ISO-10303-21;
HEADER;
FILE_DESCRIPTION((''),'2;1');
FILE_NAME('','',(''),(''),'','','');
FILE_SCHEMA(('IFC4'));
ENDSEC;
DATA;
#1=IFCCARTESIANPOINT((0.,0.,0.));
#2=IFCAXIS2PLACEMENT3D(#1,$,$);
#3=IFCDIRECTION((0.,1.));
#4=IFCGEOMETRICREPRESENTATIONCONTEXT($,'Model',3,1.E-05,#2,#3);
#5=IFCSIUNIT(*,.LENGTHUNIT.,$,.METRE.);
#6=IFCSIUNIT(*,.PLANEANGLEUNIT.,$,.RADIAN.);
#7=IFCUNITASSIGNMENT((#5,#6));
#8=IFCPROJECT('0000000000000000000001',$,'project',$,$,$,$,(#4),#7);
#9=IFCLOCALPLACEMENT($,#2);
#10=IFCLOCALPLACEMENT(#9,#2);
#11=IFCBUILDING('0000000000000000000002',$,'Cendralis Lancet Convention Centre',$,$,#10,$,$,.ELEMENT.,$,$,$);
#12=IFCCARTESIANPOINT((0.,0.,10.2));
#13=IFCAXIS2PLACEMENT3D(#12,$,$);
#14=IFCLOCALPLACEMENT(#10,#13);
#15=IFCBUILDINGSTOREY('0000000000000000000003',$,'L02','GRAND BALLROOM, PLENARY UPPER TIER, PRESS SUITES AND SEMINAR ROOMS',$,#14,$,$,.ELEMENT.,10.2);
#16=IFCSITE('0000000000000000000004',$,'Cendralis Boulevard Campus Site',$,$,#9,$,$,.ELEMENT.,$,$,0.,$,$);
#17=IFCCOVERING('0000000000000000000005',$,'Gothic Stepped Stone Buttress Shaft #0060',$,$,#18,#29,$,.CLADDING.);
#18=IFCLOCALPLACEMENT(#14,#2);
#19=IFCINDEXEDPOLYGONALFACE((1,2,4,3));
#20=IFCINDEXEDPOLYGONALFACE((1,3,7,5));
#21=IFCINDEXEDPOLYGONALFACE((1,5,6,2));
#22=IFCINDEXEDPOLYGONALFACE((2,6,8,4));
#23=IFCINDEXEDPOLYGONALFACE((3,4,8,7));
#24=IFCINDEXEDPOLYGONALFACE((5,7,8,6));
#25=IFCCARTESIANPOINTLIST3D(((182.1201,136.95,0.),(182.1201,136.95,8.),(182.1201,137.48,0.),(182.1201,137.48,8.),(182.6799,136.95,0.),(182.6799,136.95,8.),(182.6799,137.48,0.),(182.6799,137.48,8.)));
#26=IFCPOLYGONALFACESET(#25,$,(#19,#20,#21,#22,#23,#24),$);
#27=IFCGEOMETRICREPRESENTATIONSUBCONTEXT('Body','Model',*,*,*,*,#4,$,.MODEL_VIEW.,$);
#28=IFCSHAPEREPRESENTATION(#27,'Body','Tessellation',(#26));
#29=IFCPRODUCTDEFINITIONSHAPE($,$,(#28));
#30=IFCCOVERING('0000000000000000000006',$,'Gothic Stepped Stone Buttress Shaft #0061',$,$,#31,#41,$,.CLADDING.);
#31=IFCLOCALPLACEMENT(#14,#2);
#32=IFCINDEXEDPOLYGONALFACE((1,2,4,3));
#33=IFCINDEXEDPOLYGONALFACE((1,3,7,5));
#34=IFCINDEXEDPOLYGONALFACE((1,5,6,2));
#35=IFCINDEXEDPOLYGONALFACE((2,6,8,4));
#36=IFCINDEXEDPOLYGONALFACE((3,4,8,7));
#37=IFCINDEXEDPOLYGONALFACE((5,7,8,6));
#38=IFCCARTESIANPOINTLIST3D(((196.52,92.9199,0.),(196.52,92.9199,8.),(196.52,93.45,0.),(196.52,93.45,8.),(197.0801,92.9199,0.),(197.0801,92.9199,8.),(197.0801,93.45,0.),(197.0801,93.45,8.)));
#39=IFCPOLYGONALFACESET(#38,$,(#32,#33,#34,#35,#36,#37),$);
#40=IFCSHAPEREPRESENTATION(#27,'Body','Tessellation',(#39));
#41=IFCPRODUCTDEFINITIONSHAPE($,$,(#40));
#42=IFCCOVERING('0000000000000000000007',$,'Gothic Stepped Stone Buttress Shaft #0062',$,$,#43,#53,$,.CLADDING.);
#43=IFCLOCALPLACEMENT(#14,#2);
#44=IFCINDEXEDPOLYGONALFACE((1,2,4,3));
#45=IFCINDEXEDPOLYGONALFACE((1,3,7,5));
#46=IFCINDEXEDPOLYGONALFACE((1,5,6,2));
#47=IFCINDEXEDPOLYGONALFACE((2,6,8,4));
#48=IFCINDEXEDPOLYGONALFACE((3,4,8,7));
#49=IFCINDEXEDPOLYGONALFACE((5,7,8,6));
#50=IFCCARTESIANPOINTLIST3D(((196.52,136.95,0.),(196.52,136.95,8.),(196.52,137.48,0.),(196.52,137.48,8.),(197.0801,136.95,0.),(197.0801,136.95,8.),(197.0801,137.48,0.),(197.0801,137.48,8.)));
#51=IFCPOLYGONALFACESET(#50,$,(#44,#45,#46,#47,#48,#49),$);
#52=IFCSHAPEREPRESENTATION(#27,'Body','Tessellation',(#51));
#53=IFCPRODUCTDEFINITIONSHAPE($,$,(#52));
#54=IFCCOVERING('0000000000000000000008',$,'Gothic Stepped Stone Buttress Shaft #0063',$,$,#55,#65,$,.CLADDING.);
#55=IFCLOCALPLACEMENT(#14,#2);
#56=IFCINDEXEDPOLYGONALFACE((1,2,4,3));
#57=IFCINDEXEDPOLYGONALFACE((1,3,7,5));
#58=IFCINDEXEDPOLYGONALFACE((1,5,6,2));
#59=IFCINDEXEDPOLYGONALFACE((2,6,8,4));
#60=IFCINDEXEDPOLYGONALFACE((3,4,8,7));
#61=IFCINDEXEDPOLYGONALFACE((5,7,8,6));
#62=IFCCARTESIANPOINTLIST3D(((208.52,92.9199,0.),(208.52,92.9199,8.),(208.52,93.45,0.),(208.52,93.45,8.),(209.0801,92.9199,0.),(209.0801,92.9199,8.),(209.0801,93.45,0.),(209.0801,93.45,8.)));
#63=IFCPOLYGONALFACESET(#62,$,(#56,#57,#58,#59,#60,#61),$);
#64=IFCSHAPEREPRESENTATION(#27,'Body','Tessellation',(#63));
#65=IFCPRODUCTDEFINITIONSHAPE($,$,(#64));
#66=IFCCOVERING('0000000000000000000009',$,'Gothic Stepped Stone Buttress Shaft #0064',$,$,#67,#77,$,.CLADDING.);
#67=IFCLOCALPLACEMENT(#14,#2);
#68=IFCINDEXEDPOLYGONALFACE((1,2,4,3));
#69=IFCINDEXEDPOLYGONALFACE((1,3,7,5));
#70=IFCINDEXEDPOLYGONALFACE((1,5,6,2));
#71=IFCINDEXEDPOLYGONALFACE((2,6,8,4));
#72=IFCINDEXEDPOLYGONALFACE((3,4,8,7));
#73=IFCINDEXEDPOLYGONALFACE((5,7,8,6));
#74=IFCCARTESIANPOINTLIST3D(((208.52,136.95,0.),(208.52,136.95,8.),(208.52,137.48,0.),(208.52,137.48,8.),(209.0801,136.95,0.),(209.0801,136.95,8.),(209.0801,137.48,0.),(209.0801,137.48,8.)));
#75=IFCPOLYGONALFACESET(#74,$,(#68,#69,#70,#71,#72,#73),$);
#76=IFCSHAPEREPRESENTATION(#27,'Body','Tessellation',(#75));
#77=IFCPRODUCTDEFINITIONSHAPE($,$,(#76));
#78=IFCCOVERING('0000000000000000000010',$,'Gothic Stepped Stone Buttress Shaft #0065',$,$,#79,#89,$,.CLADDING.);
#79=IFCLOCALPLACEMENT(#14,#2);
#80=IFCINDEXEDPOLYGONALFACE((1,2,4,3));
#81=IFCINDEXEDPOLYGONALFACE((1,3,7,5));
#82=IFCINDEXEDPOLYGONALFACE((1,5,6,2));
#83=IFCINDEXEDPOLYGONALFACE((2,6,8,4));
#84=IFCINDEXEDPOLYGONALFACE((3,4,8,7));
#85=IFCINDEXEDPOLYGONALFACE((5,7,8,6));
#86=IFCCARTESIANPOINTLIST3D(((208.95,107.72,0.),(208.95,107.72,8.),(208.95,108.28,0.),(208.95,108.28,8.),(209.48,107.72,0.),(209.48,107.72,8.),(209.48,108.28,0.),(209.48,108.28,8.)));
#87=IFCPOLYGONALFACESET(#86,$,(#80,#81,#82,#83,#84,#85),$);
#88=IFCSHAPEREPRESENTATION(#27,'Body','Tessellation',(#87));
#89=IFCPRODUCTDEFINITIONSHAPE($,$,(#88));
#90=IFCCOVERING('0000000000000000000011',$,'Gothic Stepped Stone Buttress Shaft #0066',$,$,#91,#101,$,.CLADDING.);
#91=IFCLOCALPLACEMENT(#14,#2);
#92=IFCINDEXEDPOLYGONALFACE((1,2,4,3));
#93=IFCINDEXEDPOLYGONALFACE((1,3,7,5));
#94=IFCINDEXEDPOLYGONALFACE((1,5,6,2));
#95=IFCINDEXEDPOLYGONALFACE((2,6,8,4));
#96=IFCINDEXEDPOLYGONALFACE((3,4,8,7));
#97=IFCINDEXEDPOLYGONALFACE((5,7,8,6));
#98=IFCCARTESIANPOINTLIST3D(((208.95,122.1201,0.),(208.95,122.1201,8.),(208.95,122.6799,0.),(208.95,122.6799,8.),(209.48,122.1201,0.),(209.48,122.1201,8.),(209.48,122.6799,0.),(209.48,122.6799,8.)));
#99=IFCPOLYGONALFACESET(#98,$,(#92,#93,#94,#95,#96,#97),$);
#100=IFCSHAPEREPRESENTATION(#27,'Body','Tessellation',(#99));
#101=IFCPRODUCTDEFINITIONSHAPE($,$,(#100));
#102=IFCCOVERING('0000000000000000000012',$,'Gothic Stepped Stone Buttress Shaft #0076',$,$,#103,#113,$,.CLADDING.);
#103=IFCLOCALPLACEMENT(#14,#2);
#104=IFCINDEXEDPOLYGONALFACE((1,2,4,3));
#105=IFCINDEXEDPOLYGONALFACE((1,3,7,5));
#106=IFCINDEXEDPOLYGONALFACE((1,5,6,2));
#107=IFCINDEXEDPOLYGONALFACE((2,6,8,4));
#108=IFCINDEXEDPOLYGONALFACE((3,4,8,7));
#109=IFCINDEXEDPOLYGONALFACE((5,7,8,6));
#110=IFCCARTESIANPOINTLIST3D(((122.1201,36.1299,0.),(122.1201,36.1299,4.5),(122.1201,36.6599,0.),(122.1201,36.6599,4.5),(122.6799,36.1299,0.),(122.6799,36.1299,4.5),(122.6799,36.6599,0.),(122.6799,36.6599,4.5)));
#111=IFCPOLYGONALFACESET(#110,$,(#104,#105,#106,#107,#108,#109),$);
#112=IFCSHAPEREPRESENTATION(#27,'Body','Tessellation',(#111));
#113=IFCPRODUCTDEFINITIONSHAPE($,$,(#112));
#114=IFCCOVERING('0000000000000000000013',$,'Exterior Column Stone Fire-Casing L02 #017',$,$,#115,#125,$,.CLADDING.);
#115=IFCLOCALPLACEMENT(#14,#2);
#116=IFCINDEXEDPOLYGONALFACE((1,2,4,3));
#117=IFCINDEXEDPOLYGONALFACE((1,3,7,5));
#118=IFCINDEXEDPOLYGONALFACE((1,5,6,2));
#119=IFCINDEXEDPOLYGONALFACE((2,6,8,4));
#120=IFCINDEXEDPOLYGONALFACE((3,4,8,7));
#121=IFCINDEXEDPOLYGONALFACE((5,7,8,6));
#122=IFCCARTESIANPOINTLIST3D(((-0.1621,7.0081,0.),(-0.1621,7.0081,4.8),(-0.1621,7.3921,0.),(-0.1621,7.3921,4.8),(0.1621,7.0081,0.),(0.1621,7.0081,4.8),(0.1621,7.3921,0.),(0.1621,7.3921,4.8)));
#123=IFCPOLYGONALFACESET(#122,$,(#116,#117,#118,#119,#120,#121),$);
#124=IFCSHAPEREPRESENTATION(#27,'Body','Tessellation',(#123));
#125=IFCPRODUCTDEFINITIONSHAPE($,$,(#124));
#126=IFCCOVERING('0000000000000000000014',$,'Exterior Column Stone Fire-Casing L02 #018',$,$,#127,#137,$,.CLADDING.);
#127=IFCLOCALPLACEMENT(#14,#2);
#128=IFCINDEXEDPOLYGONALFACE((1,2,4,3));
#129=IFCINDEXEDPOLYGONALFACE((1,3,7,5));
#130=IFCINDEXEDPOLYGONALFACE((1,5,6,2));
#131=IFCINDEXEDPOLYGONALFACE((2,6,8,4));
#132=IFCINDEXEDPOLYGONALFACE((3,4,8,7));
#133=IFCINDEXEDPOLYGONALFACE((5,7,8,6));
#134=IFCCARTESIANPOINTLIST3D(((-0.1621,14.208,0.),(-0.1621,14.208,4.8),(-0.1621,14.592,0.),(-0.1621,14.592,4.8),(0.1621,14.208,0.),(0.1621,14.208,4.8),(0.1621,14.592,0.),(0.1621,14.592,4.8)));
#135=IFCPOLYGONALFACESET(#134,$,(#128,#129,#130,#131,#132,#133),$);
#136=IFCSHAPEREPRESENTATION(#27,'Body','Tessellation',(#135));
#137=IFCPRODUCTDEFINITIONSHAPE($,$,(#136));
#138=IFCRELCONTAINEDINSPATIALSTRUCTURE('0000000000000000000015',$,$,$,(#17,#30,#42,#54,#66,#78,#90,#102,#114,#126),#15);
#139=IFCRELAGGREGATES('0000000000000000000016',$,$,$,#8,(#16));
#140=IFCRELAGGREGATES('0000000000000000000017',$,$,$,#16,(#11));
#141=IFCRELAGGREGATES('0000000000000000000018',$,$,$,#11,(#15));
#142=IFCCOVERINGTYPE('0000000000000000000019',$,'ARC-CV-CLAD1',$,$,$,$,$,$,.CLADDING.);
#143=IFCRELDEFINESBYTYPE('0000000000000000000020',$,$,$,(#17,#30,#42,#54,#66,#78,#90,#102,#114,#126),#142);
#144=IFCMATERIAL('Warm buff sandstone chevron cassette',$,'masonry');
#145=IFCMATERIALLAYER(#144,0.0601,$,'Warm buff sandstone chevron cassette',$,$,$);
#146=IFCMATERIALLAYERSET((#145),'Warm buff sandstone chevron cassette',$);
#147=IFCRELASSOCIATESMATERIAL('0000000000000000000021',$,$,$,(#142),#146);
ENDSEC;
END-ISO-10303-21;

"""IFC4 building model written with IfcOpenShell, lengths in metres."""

from ifc_helpers import new_model, si_unit, direction, frame, origin, place, context, subcontext, project, spatial, polyline, outline, extrude, material, layer, layer_set, type_object, element, save


model = new_model("IFC4")

# Units and contexts
model_context = context("Model", 3, precision=1e-05, world=origin(), true_north=direction((0.0, 1.0)))
body_context = subcontext(model_context, "Body", "Model", "MODEL_VIEW")
ifc_project = project(units=[si_unit("LENGTHUNIT", "METRE"), si_unit("PLANEANGLEUNIT", "RADIAN")], contexts=[model_context])

# Site, building, storey
site_placement = place(None, origin())
site = spatial("IfcSite", under=ifc_project, at=site_placement, Name="Cendralis Boulevard Campus Site", CompositionType="ELEMENT", RefElevation=0.0)
building_placement = place(site_placement, origin())
building = spatial("IfcBuilding", under=site, at=building_placement, Name="Cendralis Lancet Convention Centre", CompositionType="ELEMENT")
storey_placement = place(building_placement, frame((0.0, 0.0, 10.2)))
storey = spatial("IfcBuildingStorey", under=building, at=storey_placement, Name="L02", Description="GRAND BALLROOM, PLENARY UPPER TIER, PRESS SUITES AND SEMINAR ROOMS", CompositionType="ELEMENT", Elevation=10.2)

# Coverings
ifc_material = material(Name="Warm buff sandstone chevron cassette", Category="masonry")
ifc_layer = layer(ifc_material, 0.0601, Name="Warm buff sandstone chevron cassette")
ifc_layer_set = layer_set([ifc_layer], Name="Warm buff sandstone chevron cassette")
covering_type = type_object("IfcCoveringType", Name="ARC-CV-CLAD1", PredefinedType="CLADDING", material=ifc_layer_set)
covering_1_placement = place(storey_placement, origin())
element("IfcCovering", 1, at=covering_1_placement, inside=storey, type_object=covering_type, Name="Gothic Stepped Stone Buttress Shaft #0060", PredefinedType="CLADDING", context=body_context, shape_type="SweptSolid", body=[
    extrude(outline(polyline([(182.6799, 137.48), (182.1201, 137.48), (182.1201, 136.95), (182.6799, 136.95), (182.6799, 137.48)])), origin(), (0.0, 0.0, 1.0), 8.0),
])
covering_2_placement = place(storey_placement, origin())
element("IfcCovering", 2, at=covering_2_placement, inside=storey, type_object=covering_type, Name="Gothic Stepped Stone Buttress Shaft #0061", PredefinedType="CLADDING", context=body_context, shape_type="SweptSolid", body=[
    extrude(outline(polyline([(196.52, 92.9199), (197.0801, 92.9199), (197.0801, 93.45), (196.52, 93.45), (196.52, 92.9199)])), origin(), (0.0, 0.0, 1.0), 8.0),
])
covering_3_placement = place(storey_placement, origin())
element("IfcCovering", 3, at=covering_3_placement, inside=storey, type_object=covering_type, Name="Gothic Stepped Stone Buttress Shaft #0062", PredefinedType="CLADDING", context=body_context, shape_type="SweptSolid", body=[
    extrude(outline(polyline([(197.0801, 137.48), (196.52, 137.48), (196.52, 136.95), (197.0801, 136.95), (197.0801, 137.48)])), origin(), (0.0, 0.0, 1.0), 8.0),
])
covering_4_placement = place(storey_placement, origin())
element("IfcCovering", 4, at=covering_4_placement, inside=storey, type_object=covering_type, Name="Gothic Stepped Stone Buttress Shaft #0063", PredefinedType="CLADDING", context=body_context, shape_type="SweptSolid", body=[
    extrude(outline(polyline([(208.52, 92.9199), (209.0801, 92.9199), (209.0801, 93.45), (208.52, 93.45), (208.52, 92.9199)])), origin(), (0.0, 0.0, 1.0), 8.0),
])
covering_5_placement = place(storey_placement, origin())
element("IfcCovering", 5, at=covering_5_placement, inside=storey, type_object=covering_type, Name="Gothic Stepped Stone Buttress Shaft #0064", PredefinedType="CLADDING", context=body_context, shape_type="SweptSolid", body=[
    extrude(outline(polyline([(209.0801, 137.48), (208.52, 137.48), (208.52, 136.95), (209.0801, 136.95), (209.0801, 137.48)])), origin(), (0.0, 0.0, 1.0), 8.0),
])
covering_6_placement = place(storey_placement, origin())
element("IfcCovering", 6, at=covering_6_placement, inside=storey, type_object=covering_type, Name="Gothic Stepped Stone Buttress Shaft #0065", PredefinedType="CLADDING", context=body_context, shape_type="SweptSolid", body=[
    extrude(outline(polyline([(209.48, 107.72), (209.48, 108.28), (208.95, 108.28), (208.95, 107.72), (209.48, 107.72)])), origin(), (0.0, 0.0, 1.0), 8.0),
])
covering_7_placement = place(storey_placement, origin())
element("IfcCovering", 7, at=covering_7_placement, inside=storey, type_object=covering_type, Name="Gothic Stepped Stone Buttress Shaft #0066", PredefinedType="CLADDING", context=body_context, shape_type="SweptSolid", body=[
    extrude(outline(polyline([(209.48, 122.1201), (209.48, 122.6799), (208.95, 122.6799), (208.95, 122.1201), (209.48, 122.1201)])), origin(), (0.0, 0.0, 1.0), 8.0),
])
covering_8_placement = place(storey_placement, origin())
element("IfcCovering", 8, at=covering_8_placement, inside=storey, type_object=covering_type, Name="Gothic Stepped Stone Buttress Shaft #0076", PredefinedType="CLADDING", context=body_context, shape_type="SweptSolid", body=[
    extrude(outline(polyline([(122.6799, 36.6599), (122.1201, 36.6599), (122.1201, 36.1299), (122.6799, 36.1299), (122.6799, 36.6599)])), origin(), (0.0, 0.0, 1.0), 4.5),
])
covering_9_placement = place(storey_placement, origin())
element("IfcCovering", 9, at=covering_9_placement, inside=storey, type_object=covering_type, Name="Exterior Column Stone Fire-Casing L02 #017", PredefinedType="CLADDING", context=body_context, shape_type="SweptSolid", body=[
    extrude(outline(polyline([(-0.1621, 7.0081), (0.1621, 7.0081), (0.1621, 7.3921), (-0.1621, 7.3921), (-0.1621, 7.0081)])), origin(), (0.0, 0.0, 1.0), 4.8),
])
covering_10_placement = place(storey_placement, origin())
element("IfcCovering", 10, at=covering_10_placement, inside=storey, type_object=covering_type, Name="Exterior Column Stone Fire-Casing L02 #018", PredefinedType="CLADDING", context=body_context, shape_type="SweptSolid", body=[
    extrude(outline(polyline([(-0.1621, 14.208), (0.1621, 14.208), (0.1621, 14.592), (-0.1621, 14.592), (-0.1621, 14.208)])), origin(), (0.0, 0.0, 1.0), 4.8),
])

save(model, "model.ifc")
